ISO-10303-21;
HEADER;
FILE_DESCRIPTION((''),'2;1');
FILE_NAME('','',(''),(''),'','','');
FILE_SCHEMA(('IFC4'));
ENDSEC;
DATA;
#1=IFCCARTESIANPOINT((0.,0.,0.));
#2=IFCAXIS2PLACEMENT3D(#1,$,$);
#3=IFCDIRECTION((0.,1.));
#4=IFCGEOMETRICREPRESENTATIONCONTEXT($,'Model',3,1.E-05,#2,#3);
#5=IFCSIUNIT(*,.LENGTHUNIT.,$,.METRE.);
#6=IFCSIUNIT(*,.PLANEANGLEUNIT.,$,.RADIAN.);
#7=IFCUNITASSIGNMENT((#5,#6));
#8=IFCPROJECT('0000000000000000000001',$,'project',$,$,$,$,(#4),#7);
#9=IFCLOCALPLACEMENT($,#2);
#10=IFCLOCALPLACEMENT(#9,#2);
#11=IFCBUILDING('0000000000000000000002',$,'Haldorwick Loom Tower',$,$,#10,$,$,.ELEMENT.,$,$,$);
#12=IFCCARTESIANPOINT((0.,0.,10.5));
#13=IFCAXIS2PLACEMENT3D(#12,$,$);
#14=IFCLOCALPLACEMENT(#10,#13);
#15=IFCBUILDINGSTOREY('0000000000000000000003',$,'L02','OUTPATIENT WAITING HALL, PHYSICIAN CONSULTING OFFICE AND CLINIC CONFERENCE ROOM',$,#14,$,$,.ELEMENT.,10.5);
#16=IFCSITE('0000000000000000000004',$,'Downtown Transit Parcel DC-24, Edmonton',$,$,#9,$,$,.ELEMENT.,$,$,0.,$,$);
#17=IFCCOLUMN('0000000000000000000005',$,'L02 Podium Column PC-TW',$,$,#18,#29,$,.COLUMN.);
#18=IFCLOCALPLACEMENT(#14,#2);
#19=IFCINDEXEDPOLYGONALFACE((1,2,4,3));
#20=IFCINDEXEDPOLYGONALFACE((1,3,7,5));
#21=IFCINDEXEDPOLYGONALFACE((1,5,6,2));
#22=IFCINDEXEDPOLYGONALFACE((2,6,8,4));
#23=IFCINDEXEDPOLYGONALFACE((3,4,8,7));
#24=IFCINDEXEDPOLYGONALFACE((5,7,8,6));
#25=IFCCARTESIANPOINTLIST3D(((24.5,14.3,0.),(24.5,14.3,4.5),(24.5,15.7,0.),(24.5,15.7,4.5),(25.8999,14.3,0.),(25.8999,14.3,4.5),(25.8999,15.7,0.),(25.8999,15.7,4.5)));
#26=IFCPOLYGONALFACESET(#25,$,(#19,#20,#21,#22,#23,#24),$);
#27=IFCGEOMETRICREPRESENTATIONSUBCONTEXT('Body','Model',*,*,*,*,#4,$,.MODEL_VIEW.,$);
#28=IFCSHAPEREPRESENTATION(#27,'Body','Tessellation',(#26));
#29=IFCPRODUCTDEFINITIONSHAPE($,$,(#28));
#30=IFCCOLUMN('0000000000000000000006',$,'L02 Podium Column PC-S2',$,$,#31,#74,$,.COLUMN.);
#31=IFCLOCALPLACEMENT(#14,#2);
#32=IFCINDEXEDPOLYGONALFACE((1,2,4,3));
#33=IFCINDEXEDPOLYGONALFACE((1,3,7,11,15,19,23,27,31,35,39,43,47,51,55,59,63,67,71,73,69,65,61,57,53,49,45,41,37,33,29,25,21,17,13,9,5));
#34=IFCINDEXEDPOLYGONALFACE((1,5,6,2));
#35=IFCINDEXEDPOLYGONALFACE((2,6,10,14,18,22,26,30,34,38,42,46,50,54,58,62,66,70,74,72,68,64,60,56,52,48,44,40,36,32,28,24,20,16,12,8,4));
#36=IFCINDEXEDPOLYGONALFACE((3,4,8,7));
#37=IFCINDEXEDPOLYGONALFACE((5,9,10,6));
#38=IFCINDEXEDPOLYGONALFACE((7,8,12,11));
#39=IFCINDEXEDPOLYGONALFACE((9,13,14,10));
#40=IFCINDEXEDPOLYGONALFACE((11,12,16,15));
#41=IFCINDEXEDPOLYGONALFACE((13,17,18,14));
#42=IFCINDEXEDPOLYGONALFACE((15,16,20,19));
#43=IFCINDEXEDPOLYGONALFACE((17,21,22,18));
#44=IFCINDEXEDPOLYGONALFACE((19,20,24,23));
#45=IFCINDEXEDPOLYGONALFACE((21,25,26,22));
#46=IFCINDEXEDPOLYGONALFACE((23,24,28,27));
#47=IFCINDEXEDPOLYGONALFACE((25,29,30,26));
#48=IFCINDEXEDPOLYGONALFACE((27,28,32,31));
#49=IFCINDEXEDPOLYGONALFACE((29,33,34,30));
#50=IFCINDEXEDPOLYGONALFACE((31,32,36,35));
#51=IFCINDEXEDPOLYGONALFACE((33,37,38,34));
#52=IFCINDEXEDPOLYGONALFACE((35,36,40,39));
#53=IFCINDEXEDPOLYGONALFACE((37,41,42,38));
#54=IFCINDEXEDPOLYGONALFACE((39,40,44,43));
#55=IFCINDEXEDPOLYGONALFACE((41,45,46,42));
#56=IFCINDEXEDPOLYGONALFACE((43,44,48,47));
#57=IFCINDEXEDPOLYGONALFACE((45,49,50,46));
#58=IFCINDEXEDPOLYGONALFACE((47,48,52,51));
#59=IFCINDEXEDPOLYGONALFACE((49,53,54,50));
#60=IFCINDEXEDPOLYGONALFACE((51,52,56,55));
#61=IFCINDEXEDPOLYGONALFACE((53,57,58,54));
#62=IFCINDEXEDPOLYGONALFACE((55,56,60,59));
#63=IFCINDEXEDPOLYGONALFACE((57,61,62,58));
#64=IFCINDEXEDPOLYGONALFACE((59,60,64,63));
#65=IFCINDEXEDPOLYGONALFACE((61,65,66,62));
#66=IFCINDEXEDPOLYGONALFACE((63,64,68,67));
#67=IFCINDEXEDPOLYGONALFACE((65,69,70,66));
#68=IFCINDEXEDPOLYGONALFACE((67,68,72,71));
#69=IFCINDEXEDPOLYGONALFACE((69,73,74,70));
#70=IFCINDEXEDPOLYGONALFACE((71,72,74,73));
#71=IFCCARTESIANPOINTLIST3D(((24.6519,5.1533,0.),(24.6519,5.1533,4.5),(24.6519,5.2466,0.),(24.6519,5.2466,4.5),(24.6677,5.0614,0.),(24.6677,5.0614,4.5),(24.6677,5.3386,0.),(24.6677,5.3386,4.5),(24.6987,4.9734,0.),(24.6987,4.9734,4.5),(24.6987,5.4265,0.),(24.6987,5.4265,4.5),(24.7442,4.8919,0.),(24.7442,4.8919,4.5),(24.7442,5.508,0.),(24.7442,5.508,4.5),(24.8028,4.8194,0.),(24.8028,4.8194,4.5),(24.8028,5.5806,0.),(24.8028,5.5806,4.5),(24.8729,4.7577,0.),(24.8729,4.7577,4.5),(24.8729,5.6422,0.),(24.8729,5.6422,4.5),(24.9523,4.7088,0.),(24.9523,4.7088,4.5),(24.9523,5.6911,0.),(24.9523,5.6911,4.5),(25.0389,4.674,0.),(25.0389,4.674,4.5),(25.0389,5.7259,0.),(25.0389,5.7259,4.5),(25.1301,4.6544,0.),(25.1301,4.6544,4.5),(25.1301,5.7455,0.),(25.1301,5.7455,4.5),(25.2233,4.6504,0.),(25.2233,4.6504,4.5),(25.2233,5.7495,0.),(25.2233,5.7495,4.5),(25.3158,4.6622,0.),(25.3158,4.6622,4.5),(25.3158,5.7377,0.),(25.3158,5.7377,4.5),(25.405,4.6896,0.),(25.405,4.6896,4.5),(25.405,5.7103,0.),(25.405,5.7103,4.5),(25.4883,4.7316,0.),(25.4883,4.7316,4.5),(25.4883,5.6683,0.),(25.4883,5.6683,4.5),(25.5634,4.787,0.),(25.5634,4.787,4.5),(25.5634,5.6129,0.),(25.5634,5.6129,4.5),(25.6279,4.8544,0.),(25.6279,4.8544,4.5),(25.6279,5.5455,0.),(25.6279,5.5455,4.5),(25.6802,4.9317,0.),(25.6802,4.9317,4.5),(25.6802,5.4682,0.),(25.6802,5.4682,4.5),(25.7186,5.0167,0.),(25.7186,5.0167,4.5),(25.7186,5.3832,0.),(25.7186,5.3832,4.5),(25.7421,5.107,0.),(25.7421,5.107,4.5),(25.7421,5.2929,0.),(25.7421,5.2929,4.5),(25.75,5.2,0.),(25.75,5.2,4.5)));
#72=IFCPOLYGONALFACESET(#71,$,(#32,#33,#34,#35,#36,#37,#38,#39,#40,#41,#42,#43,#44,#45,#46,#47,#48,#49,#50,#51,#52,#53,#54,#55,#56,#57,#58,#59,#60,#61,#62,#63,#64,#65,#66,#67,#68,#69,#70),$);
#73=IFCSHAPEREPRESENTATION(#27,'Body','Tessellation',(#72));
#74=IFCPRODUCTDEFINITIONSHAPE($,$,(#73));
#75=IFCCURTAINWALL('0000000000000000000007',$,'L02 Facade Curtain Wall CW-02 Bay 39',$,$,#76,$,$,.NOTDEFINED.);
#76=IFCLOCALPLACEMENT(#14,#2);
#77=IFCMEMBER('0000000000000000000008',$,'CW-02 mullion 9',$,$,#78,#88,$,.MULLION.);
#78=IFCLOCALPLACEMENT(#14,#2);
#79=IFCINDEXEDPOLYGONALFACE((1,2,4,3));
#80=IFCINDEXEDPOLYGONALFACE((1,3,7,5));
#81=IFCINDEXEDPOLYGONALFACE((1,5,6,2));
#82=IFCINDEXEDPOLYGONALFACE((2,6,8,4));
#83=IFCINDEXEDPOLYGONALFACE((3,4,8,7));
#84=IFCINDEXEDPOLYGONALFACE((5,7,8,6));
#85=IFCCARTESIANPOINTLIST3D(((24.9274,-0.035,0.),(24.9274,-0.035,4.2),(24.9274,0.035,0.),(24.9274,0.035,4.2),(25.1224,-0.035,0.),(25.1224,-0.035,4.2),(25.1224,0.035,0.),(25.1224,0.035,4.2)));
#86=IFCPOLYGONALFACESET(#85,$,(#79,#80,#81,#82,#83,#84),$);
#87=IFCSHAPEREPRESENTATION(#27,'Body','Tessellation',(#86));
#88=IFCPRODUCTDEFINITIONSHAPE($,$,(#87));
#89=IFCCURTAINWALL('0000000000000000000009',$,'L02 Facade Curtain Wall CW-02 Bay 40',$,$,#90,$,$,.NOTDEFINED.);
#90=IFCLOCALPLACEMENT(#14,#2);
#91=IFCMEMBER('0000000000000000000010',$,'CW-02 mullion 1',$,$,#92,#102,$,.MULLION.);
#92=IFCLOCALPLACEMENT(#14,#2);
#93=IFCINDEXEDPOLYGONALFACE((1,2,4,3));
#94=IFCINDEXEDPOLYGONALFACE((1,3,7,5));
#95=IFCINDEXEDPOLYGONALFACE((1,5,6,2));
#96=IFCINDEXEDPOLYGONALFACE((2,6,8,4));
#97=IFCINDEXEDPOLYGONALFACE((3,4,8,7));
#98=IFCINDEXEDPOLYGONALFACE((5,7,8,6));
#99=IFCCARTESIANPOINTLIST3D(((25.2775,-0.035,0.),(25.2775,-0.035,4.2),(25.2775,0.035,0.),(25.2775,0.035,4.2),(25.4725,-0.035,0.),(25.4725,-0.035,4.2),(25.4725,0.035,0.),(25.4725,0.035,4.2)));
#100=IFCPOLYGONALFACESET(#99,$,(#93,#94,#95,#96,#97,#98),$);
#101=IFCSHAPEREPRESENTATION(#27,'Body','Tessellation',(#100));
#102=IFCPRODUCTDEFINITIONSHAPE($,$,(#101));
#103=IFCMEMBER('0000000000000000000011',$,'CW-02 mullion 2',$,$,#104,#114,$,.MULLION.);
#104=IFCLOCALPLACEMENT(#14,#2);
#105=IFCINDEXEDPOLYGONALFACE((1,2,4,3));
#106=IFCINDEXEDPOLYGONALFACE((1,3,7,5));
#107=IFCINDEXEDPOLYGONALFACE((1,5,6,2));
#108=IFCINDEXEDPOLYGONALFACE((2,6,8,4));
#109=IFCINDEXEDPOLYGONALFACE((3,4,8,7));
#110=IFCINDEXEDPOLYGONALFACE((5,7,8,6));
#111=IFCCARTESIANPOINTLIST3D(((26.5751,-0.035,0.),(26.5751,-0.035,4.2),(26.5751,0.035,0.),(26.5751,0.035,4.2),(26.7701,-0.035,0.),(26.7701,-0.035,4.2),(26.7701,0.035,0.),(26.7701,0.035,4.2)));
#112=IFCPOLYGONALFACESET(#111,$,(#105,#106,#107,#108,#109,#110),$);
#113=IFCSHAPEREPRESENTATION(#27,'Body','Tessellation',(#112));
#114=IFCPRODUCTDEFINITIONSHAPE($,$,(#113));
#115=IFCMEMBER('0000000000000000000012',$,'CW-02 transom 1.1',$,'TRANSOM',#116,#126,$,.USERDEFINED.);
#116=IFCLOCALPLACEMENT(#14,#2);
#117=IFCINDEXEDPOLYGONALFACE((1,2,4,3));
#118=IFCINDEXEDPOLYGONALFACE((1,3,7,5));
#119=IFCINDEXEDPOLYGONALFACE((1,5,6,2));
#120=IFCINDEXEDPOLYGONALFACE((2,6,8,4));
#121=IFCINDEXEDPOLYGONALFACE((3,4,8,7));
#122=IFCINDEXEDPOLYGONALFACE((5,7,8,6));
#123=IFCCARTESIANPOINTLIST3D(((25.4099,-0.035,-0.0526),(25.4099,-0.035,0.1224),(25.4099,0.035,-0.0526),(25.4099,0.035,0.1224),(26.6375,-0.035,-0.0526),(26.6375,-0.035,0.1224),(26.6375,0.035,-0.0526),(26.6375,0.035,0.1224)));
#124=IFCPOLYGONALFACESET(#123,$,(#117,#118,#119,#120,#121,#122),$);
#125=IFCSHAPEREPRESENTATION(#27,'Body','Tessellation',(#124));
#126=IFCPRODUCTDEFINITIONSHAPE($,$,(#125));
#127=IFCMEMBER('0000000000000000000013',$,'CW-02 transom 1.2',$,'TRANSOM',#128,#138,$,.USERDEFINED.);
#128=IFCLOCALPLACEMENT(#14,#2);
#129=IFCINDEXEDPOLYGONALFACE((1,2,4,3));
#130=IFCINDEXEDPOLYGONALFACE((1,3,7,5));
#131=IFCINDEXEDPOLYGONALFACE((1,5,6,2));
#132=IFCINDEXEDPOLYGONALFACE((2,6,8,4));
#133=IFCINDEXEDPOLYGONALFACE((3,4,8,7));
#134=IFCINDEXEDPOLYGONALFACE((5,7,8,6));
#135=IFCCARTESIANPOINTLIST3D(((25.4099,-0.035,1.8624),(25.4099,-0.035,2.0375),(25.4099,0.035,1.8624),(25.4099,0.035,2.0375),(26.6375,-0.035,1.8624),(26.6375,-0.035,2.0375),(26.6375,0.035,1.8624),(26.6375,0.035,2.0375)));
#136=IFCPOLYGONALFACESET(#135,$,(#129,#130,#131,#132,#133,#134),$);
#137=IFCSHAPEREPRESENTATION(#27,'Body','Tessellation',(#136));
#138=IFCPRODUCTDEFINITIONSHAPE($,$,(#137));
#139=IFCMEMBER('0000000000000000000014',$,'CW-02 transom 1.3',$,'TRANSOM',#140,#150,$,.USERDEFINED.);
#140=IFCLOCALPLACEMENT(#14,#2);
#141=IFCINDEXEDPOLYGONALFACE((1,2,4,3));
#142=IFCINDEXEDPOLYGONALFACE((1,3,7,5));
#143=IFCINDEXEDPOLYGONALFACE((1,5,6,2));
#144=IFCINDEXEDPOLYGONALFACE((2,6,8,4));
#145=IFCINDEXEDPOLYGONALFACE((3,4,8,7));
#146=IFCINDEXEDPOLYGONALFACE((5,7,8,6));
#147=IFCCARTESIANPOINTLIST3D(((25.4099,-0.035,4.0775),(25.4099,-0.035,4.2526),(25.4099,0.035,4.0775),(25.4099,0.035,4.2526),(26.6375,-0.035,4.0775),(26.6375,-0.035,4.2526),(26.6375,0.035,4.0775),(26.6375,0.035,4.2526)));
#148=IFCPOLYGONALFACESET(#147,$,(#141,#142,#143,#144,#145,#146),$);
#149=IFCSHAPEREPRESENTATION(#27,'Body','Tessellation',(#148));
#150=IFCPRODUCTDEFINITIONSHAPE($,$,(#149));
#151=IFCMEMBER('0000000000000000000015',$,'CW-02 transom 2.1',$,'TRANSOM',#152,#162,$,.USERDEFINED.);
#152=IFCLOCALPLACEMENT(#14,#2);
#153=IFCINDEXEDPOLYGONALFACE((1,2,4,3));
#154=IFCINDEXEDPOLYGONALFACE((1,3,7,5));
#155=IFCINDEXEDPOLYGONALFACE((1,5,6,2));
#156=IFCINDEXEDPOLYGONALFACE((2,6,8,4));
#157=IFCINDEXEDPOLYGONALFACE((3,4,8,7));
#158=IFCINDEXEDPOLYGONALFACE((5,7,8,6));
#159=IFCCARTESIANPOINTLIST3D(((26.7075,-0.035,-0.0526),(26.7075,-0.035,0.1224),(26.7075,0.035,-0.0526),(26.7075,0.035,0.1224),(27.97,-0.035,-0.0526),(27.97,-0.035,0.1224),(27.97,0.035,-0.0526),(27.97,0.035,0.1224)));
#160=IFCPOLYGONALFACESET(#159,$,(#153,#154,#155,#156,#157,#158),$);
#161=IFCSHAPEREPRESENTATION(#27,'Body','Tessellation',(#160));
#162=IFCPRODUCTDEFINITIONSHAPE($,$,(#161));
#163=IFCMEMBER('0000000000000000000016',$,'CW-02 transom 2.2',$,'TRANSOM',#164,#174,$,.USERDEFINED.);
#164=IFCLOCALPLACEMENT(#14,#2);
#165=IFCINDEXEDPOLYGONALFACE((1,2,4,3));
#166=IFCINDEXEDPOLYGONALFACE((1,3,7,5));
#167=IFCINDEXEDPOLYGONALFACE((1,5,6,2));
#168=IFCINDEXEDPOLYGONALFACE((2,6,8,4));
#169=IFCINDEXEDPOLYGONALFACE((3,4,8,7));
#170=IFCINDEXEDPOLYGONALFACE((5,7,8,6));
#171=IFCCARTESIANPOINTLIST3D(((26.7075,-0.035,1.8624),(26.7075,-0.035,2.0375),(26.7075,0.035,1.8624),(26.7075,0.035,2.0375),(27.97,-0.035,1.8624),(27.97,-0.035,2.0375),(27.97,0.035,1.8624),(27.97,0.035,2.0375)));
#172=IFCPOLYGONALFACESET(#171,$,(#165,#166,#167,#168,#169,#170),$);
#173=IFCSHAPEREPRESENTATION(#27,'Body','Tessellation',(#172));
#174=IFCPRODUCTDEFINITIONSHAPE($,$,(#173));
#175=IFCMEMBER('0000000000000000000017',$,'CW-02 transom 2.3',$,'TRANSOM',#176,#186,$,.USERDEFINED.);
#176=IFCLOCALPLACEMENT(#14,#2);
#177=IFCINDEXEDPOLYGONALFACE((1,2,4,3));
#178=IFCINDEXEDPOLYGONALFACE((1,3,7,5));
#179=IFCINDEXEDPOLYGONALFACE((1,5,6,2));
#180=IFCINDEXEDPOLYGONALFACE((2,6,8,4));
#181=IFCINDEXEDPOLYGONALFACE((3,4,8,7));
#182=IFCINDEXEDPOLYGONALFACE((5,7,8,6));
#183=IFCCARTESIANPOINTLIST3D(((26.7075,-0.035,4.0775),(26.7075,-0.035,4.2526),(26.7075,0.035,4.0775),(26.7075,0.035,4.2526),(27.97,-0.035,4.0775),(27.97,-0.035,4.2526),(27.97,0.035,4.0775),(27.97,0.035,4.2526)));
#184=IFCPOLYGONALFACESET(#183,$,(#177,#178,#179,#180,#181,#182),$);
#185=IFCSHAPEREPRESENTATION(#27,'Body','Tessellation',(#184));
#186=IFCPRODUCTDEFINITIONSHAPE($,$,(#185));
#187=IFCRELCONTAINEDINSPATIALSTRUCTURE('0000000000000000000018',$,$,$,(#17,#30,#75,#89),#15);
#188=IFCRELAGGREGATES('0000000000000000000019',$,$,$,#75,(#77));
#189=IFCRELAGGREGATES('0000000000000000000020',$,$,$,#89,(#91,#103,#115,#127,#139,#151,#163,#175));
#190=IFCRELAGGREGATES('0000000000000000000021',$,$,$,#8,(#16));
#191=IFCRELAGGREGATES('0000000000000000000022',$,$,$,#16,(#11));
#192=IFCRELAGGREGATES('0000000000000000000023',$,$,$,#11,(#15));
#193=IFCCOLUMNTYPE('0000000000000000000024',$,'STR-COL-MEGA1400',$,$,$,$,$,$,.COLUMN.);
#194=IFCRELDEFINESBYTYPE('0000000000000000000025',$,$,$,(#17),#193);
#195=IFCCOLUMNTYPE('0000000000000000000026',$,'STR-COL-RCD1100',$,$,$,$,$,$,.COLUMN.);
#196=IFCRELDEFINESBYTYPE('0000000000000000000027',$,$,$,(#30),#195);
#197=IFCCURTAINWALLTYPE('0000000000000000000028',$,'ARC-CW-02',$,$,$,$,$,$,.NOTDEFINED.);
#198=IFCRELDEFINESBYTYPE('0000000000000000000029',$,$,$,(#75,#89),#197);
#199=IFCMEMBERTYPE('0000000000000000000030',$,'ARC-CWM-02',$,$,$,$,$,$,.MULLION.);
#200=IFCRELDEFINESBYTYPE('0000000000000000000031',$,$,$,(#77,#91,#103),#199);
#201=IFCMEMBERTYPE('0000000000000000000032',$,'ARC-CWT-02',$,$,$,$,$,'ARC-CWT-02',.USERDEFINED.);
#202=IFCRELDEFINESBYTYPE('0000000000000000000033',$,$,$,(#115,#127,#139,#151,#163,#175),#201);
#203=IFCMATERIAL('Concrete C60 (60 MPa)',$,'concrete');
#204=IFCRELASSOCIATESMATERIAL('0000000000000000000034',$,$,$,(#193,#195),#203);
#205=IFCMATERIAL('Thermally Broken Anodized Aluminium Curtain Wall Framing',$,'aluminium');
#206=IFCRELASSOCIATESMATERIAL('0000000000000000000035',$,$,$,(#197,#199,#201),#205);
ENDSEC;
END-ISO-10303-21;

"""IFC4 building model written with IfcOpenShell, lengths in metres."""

from ifc_helpers import new_model, si_unit, direction, frame, origin, origin_2d, place, context, subcontext, project, spatial, rectangle, circle, extrude, material, material_profile, profile_set, type_object, element, aggregate, save


model = new_model("IFC4")

# Units and contexts
model_context = context("Model", 3, precision=1e-05, world=origin(), true_north=direction((0.0, 1.0)))
body_context = subcontext(model_context, "Body", "Model", "MODEL_VIEW")
ifc_project = project(units=[si_unit("LENGTHUNIT", "METRE"), si_unit("PLANEANGLEUNIT", "RADIAN")], contexts=[model_context])

# Site, building, storey
site_placement = place(None, origin())
site = spatial("IfcSite", under=ifc_project, at=site_placement, Name="Downtown Transit Parcel DC-24, Edmonton", CompositionType="ELEMENT", RefElevation=0.0)
building_placement = place(site_placement, origin())
building = spatial("IfcBuilding", under=site, at=building_placement, Name="Haldorwick Loom Tower", CompositionType="ELEMENT")
storey_placement = place(building_placement, frame((0.0, 0.0, 10.5)))
storey = spatial("IfcBuildingStorey", under=building, at=storey_placement, Name="L02", Description="OUTPATIENT WAITING HALL, PHYSICIAN CONSULTING OFFICE AND CLINIC CONFERENCE ROOM", CompositionType="ELEMENT", Elevation=10.5)

# Columns
ifc_material_1 = material(Name="Concrete C60 (60 MPa)", Category="concrete")
ifc_material_profile_1 = material_profile(ifc_material_1, rectangle(XDim=1.3999, YDim=1.3999, at=origin_2d()), Name="RC1400X1400", Category="concrete")
ifc_profile_set_1 = profile_set([ifc_material_profile_1], Name="Concrete C60 (60 MPa)")
column_type_1 = type_object("IfcColumnType", Name="STR-COL-MEGA1400", PredefinedType="COLUMN", material=ifc_profile_set_1)
column_1_placement = place(storey_placement, frame((25.2, 15.0, 0.0), z_axis=(0.0, 0.0, 1.0), x_axis=(1.0, 0.0, 0.0)))
element("IfcColumn", 1, at=column_1_placement, inside=storey, type_object=column_type_1, Name="L02 Podium Column PC-TW", PredefinedType="COLUMN", context=body_context, shape_type="SweptSolid", body=[
    extrude(rectangle(XDim=1.3999, YDim=1.3999, at=origin_2d()), origin(), (0.0, 0.0, 1.0), 4.5),
])
ifc_material_profile_2 = material_profile(ifc_material_1, circle(Radius=0.55, at=origin_2d()), Name="RCD1100", Category="concrete")
ifc_profile_set_2 = profile_set([ifc_material_profile_2], Name="Concrete C60 (60 MPa)")
column_type_2 = type_object("IfcColumnType", Name="STR-COL-RCD1100", PredefinedType="COLUMN", material=ifc_profile_set_2)
column_2_placement = place(storey_placement, frame((25.2, 5.2, 0.0), z_axis=(0.0, 0.0, 1.0), x_axis=(1.0, 0.0, 0.0)))
element("IfcColumn", 2, at=column_2_placement, inside=storey, type_object=column_type_2, Name="L02 Podium Column PC-S2", PredefinedType="COLUMN", context=body_context, shape_type="SweptSolid", body=[
    extrude(circle(Radius=0.55, at=origin_2d()), origin(), (0.0, 0.0, 1.0), 4.5),
])

# Curtain wall, member
ifc_material_2 = material(Name="Thermally Broken Anodized Aluminium Curtain Wall Framing", Category="aluminium")
curtain_wall_type = type_object("IfcCurtainWallType", Name="ARC-CW-02", PredefinedType="NOTDEFINED", material=ifc_material_2)
curtain_wall_1_placement = place(storey_placement, origin())
curtain_wall_1 = element("IfcCurtainWall", 3, at=curtain_wall_1_placement, inside=storey, type_object=curtain_wall_type, Name="L02 Facade Curtain Wall CW-02 Bay 39", PredefinedType="NOTDEFINED")
ifc_material_profile_3 = material_profile(ifc_material_2, rectangle(XDim=0.0701, YDim=0.1951, at=origin_2d()), Name="ALU_MUL_70X195", Category="aluminium")
ifc_profile_set_3 = profile_set([ifc_material_profile_3], Name="Thermally Broken Anodized Aluminium Curtain Wall Framing")
member_type_1 = type_object("IfcMemberType", Name="ARC-CWM-02", PredefinedType="MULLION", material=ifc_profile_set_3)
member_1_placement = place(storey_placement, frame((25.0249, 0.0, 0.0), z_axis=(0.0, 0.0, 1.0), x_axis=(0.0, 1.0, 0.0)))
member_1 = element("IfcMember", 4, at=member_1_placement, type_object=member_type_1, Name="CW-02 mullion 9", PredefinedType="MULLION", context=body_context, shape_type="SweptSolid", body=[
    extrude(rectangle(XDim=0.0701, YDim=0.1951, at=origin_2d()), origin(), (0.0, 0.0, 1.0), 4.2),
])
aggregate(curtain_wall_1, [member_1])

# Curtain wall, members
curtain_wall_2_placement = place(storey_placement, origin())
curtain_wall_2 = element("IfcCurtainWall", 5, at=curtain_wall_2_placement, inside=storey, type_object=curtain_wall_type, Name="L02 Facade Curtain Wall CW-02 Bay 40", PredefinedType="NOTDEFINED")
member_2_placement = place(storey_placement, frame((25.375, 0.0, 0.0), z_axis=(0.0, 0.0, 1.0), x_axis=(0.0, 1.0, 0.0)))
member_2 = element("IfcMember", 6, at=member_2_placement, type_object=member_type_1, Name="CW-02 mullion 1", PredefinedType="MULLION", context=body_context, shape_type="SweptSolid", body=[
    extrude(rectangle(XDim=0.0701, YDim=0.1951, at=origin_2d()), origin(), (0.0, 0.0, 1.0), 4.2),
])
member_3_placement = place(storey_placement, frame((26.6726, 0.0, 0.0), z_axis=(0.0, 0.0, 1.0), x_axis=(0.0, 1.0, 0.0)))
member_3 = element("IfcMember", 7, at=member_3_placement, type_object=member_type_1, Name="CW-02 mullion 2", PredefinedType="MULLION", context=body_context, shape_type="SweptSolid", body=[
    extrude(rectangle(XDim=0.0701, YDim=0.1951, at=origin_2d()), origin(), (0.0, 0.0, 1.0), 4.2),
])
ifc_material_profile_4 = material_profile(ifc_material_2, rectangle(XDim=0.0701, YDim=0.175, at=origin_2d()), Name="ALU_TRN_70X175", Category="aluminium")
ifc_profile_set_4 = profile_set([ifc_material_profile_4], Name="Thermally Broken Anodized Aluminium Curtain Wall Framing")
member_type_2 = type_object("IfcMemberType", Name="ARC-CWT-02", ElementType="ARC-CWT-02", PredefinedType="USERDEFINED", material=ifc_profile_set_4)
member_4_placement = place(storey_placement, frame((25.4099, 0.0, 0.0349), z_axis=(1.0, 0.0, 0.0), x_axis=(0.0, 1.0, 0.0)))
member_4 = element("IfcMember", 8, at=member_4_placement, type_object=member_type_2, Name="CW-02 transom 1.1", ObjectType="TRANSOM", PredefinedType="USERDEFINED", context=body_context, shape_type="SweptSolid", body=[
    extrude(rectangle(XDim=0.0701, YDim=0.175, at=origin_2d()), origin(), (0.0, 0.0, 1.0), 1.2275),
])
member_5_placement = place(storey_placement, frame((25.4099, 0.0, 1.95), z_axis=(1.0, 0.0, 0.0), x_axis=(0.0, 1.0, 0.0)))
member_5 = element("IfcMember", 9, at=member_5_placement, type_object=member_type_2, Name="CW-02 transom 1.2", ObjectType="TRANSOM", PredefinedType="USERDEFINED", context=body_context, shape_type="SweptSolid", body=[
    extrude(rectangle(XDim=0.0701, YDim=0.175, at=origin_2d()), origin(), (0.0, 0.0, 1.0), 1.2275),
])
member_6_placement = place(storey_placement, frame((25.4099, 0.0, 4.165), z_axis=(1.0, 0.0, 0.0), x_axis=(0.0, 1.0, 0.0)))
member_6 = element("IfcMember", 10, at=member_6_placement, type_object=member_type_2, Name="CW-02 transom 1.3", ObjectType="TRANSOM", PredefinedType="USERDEFINED", context=body_context, shape_type="SweptSolid", body=[
    extrude(rectangle(XDim=0.0701, YDim=0.175, at=origin_2d()), origin(), (0.0, 0.0, 1.0), 1.2275),
])
member_7_placement = place(storey_placement, frame((26.7075, 0.0, 0.0349), z_axis=(1.0, 0.0, 0.0), x_axis=(0.0, 1.0, 0.0)))
member_7 = element("IfcMember", 11, at=member_7_placement, type_object=member_type_2, Name="CW-02 transom 2.1", ObjectType="TRANSOM", PredefinedType="USERDEFINED", context=body_context, shape_type="SweptSolid", body=[
    extrude(rectangle(XDim=0.0701, YDim=0.175, at=origin_2d()), origin(), (0.0, 0.0, 1.0), 1.2625),
])
member_8_placement = place(storey_placement, frame((26.7075, 0.0, 1.95), z_axis=(1.0, 0.0, 0.0), x_axis=(0.0, 1.0, 0.0)))
member_8 = element("IfcMember", 12, at=member_8_placement, type_object=member_type_2, Name="CW-02 transom 2.2", ObjectType="TRANSOM", PredefinedType="USERDEFINED", context=body_context, shape_type="SweptSolid", body=[
    extrude(rectangle(XDim=0.0701, YDim=0.175, at=origin_2d()), origin(), (0.0, 0.0, 1.0), 1.2625),
])
member_9_placement = place(storey_placement, frame((26.7075, 0.0, 4.165), z_axis=(1.0, 0.0, 0.0), x_axis=(0.0, 1.0, 0.0)))
member_9 = element("IfcMember", 13, at=member_9_placement, type_object=member_type_2, Name="CW-02 transom 2.3", ObjectType="TRANSOM", PredefinedType="USERDEFINED", context=body_context, shape_type="SweptSolid", body=[
    extrude(rectangle(XDim=0.0701, YDim=0.175, at=origin_2d()), origin(), (0.0, 0.0, 1.0), 1.2625),
])

aggregate(curtain_wall_2, [member_2, member_3, member_4, member_5, member_6, member_7, member_8, member_9])

save(model, "model.ifc")
